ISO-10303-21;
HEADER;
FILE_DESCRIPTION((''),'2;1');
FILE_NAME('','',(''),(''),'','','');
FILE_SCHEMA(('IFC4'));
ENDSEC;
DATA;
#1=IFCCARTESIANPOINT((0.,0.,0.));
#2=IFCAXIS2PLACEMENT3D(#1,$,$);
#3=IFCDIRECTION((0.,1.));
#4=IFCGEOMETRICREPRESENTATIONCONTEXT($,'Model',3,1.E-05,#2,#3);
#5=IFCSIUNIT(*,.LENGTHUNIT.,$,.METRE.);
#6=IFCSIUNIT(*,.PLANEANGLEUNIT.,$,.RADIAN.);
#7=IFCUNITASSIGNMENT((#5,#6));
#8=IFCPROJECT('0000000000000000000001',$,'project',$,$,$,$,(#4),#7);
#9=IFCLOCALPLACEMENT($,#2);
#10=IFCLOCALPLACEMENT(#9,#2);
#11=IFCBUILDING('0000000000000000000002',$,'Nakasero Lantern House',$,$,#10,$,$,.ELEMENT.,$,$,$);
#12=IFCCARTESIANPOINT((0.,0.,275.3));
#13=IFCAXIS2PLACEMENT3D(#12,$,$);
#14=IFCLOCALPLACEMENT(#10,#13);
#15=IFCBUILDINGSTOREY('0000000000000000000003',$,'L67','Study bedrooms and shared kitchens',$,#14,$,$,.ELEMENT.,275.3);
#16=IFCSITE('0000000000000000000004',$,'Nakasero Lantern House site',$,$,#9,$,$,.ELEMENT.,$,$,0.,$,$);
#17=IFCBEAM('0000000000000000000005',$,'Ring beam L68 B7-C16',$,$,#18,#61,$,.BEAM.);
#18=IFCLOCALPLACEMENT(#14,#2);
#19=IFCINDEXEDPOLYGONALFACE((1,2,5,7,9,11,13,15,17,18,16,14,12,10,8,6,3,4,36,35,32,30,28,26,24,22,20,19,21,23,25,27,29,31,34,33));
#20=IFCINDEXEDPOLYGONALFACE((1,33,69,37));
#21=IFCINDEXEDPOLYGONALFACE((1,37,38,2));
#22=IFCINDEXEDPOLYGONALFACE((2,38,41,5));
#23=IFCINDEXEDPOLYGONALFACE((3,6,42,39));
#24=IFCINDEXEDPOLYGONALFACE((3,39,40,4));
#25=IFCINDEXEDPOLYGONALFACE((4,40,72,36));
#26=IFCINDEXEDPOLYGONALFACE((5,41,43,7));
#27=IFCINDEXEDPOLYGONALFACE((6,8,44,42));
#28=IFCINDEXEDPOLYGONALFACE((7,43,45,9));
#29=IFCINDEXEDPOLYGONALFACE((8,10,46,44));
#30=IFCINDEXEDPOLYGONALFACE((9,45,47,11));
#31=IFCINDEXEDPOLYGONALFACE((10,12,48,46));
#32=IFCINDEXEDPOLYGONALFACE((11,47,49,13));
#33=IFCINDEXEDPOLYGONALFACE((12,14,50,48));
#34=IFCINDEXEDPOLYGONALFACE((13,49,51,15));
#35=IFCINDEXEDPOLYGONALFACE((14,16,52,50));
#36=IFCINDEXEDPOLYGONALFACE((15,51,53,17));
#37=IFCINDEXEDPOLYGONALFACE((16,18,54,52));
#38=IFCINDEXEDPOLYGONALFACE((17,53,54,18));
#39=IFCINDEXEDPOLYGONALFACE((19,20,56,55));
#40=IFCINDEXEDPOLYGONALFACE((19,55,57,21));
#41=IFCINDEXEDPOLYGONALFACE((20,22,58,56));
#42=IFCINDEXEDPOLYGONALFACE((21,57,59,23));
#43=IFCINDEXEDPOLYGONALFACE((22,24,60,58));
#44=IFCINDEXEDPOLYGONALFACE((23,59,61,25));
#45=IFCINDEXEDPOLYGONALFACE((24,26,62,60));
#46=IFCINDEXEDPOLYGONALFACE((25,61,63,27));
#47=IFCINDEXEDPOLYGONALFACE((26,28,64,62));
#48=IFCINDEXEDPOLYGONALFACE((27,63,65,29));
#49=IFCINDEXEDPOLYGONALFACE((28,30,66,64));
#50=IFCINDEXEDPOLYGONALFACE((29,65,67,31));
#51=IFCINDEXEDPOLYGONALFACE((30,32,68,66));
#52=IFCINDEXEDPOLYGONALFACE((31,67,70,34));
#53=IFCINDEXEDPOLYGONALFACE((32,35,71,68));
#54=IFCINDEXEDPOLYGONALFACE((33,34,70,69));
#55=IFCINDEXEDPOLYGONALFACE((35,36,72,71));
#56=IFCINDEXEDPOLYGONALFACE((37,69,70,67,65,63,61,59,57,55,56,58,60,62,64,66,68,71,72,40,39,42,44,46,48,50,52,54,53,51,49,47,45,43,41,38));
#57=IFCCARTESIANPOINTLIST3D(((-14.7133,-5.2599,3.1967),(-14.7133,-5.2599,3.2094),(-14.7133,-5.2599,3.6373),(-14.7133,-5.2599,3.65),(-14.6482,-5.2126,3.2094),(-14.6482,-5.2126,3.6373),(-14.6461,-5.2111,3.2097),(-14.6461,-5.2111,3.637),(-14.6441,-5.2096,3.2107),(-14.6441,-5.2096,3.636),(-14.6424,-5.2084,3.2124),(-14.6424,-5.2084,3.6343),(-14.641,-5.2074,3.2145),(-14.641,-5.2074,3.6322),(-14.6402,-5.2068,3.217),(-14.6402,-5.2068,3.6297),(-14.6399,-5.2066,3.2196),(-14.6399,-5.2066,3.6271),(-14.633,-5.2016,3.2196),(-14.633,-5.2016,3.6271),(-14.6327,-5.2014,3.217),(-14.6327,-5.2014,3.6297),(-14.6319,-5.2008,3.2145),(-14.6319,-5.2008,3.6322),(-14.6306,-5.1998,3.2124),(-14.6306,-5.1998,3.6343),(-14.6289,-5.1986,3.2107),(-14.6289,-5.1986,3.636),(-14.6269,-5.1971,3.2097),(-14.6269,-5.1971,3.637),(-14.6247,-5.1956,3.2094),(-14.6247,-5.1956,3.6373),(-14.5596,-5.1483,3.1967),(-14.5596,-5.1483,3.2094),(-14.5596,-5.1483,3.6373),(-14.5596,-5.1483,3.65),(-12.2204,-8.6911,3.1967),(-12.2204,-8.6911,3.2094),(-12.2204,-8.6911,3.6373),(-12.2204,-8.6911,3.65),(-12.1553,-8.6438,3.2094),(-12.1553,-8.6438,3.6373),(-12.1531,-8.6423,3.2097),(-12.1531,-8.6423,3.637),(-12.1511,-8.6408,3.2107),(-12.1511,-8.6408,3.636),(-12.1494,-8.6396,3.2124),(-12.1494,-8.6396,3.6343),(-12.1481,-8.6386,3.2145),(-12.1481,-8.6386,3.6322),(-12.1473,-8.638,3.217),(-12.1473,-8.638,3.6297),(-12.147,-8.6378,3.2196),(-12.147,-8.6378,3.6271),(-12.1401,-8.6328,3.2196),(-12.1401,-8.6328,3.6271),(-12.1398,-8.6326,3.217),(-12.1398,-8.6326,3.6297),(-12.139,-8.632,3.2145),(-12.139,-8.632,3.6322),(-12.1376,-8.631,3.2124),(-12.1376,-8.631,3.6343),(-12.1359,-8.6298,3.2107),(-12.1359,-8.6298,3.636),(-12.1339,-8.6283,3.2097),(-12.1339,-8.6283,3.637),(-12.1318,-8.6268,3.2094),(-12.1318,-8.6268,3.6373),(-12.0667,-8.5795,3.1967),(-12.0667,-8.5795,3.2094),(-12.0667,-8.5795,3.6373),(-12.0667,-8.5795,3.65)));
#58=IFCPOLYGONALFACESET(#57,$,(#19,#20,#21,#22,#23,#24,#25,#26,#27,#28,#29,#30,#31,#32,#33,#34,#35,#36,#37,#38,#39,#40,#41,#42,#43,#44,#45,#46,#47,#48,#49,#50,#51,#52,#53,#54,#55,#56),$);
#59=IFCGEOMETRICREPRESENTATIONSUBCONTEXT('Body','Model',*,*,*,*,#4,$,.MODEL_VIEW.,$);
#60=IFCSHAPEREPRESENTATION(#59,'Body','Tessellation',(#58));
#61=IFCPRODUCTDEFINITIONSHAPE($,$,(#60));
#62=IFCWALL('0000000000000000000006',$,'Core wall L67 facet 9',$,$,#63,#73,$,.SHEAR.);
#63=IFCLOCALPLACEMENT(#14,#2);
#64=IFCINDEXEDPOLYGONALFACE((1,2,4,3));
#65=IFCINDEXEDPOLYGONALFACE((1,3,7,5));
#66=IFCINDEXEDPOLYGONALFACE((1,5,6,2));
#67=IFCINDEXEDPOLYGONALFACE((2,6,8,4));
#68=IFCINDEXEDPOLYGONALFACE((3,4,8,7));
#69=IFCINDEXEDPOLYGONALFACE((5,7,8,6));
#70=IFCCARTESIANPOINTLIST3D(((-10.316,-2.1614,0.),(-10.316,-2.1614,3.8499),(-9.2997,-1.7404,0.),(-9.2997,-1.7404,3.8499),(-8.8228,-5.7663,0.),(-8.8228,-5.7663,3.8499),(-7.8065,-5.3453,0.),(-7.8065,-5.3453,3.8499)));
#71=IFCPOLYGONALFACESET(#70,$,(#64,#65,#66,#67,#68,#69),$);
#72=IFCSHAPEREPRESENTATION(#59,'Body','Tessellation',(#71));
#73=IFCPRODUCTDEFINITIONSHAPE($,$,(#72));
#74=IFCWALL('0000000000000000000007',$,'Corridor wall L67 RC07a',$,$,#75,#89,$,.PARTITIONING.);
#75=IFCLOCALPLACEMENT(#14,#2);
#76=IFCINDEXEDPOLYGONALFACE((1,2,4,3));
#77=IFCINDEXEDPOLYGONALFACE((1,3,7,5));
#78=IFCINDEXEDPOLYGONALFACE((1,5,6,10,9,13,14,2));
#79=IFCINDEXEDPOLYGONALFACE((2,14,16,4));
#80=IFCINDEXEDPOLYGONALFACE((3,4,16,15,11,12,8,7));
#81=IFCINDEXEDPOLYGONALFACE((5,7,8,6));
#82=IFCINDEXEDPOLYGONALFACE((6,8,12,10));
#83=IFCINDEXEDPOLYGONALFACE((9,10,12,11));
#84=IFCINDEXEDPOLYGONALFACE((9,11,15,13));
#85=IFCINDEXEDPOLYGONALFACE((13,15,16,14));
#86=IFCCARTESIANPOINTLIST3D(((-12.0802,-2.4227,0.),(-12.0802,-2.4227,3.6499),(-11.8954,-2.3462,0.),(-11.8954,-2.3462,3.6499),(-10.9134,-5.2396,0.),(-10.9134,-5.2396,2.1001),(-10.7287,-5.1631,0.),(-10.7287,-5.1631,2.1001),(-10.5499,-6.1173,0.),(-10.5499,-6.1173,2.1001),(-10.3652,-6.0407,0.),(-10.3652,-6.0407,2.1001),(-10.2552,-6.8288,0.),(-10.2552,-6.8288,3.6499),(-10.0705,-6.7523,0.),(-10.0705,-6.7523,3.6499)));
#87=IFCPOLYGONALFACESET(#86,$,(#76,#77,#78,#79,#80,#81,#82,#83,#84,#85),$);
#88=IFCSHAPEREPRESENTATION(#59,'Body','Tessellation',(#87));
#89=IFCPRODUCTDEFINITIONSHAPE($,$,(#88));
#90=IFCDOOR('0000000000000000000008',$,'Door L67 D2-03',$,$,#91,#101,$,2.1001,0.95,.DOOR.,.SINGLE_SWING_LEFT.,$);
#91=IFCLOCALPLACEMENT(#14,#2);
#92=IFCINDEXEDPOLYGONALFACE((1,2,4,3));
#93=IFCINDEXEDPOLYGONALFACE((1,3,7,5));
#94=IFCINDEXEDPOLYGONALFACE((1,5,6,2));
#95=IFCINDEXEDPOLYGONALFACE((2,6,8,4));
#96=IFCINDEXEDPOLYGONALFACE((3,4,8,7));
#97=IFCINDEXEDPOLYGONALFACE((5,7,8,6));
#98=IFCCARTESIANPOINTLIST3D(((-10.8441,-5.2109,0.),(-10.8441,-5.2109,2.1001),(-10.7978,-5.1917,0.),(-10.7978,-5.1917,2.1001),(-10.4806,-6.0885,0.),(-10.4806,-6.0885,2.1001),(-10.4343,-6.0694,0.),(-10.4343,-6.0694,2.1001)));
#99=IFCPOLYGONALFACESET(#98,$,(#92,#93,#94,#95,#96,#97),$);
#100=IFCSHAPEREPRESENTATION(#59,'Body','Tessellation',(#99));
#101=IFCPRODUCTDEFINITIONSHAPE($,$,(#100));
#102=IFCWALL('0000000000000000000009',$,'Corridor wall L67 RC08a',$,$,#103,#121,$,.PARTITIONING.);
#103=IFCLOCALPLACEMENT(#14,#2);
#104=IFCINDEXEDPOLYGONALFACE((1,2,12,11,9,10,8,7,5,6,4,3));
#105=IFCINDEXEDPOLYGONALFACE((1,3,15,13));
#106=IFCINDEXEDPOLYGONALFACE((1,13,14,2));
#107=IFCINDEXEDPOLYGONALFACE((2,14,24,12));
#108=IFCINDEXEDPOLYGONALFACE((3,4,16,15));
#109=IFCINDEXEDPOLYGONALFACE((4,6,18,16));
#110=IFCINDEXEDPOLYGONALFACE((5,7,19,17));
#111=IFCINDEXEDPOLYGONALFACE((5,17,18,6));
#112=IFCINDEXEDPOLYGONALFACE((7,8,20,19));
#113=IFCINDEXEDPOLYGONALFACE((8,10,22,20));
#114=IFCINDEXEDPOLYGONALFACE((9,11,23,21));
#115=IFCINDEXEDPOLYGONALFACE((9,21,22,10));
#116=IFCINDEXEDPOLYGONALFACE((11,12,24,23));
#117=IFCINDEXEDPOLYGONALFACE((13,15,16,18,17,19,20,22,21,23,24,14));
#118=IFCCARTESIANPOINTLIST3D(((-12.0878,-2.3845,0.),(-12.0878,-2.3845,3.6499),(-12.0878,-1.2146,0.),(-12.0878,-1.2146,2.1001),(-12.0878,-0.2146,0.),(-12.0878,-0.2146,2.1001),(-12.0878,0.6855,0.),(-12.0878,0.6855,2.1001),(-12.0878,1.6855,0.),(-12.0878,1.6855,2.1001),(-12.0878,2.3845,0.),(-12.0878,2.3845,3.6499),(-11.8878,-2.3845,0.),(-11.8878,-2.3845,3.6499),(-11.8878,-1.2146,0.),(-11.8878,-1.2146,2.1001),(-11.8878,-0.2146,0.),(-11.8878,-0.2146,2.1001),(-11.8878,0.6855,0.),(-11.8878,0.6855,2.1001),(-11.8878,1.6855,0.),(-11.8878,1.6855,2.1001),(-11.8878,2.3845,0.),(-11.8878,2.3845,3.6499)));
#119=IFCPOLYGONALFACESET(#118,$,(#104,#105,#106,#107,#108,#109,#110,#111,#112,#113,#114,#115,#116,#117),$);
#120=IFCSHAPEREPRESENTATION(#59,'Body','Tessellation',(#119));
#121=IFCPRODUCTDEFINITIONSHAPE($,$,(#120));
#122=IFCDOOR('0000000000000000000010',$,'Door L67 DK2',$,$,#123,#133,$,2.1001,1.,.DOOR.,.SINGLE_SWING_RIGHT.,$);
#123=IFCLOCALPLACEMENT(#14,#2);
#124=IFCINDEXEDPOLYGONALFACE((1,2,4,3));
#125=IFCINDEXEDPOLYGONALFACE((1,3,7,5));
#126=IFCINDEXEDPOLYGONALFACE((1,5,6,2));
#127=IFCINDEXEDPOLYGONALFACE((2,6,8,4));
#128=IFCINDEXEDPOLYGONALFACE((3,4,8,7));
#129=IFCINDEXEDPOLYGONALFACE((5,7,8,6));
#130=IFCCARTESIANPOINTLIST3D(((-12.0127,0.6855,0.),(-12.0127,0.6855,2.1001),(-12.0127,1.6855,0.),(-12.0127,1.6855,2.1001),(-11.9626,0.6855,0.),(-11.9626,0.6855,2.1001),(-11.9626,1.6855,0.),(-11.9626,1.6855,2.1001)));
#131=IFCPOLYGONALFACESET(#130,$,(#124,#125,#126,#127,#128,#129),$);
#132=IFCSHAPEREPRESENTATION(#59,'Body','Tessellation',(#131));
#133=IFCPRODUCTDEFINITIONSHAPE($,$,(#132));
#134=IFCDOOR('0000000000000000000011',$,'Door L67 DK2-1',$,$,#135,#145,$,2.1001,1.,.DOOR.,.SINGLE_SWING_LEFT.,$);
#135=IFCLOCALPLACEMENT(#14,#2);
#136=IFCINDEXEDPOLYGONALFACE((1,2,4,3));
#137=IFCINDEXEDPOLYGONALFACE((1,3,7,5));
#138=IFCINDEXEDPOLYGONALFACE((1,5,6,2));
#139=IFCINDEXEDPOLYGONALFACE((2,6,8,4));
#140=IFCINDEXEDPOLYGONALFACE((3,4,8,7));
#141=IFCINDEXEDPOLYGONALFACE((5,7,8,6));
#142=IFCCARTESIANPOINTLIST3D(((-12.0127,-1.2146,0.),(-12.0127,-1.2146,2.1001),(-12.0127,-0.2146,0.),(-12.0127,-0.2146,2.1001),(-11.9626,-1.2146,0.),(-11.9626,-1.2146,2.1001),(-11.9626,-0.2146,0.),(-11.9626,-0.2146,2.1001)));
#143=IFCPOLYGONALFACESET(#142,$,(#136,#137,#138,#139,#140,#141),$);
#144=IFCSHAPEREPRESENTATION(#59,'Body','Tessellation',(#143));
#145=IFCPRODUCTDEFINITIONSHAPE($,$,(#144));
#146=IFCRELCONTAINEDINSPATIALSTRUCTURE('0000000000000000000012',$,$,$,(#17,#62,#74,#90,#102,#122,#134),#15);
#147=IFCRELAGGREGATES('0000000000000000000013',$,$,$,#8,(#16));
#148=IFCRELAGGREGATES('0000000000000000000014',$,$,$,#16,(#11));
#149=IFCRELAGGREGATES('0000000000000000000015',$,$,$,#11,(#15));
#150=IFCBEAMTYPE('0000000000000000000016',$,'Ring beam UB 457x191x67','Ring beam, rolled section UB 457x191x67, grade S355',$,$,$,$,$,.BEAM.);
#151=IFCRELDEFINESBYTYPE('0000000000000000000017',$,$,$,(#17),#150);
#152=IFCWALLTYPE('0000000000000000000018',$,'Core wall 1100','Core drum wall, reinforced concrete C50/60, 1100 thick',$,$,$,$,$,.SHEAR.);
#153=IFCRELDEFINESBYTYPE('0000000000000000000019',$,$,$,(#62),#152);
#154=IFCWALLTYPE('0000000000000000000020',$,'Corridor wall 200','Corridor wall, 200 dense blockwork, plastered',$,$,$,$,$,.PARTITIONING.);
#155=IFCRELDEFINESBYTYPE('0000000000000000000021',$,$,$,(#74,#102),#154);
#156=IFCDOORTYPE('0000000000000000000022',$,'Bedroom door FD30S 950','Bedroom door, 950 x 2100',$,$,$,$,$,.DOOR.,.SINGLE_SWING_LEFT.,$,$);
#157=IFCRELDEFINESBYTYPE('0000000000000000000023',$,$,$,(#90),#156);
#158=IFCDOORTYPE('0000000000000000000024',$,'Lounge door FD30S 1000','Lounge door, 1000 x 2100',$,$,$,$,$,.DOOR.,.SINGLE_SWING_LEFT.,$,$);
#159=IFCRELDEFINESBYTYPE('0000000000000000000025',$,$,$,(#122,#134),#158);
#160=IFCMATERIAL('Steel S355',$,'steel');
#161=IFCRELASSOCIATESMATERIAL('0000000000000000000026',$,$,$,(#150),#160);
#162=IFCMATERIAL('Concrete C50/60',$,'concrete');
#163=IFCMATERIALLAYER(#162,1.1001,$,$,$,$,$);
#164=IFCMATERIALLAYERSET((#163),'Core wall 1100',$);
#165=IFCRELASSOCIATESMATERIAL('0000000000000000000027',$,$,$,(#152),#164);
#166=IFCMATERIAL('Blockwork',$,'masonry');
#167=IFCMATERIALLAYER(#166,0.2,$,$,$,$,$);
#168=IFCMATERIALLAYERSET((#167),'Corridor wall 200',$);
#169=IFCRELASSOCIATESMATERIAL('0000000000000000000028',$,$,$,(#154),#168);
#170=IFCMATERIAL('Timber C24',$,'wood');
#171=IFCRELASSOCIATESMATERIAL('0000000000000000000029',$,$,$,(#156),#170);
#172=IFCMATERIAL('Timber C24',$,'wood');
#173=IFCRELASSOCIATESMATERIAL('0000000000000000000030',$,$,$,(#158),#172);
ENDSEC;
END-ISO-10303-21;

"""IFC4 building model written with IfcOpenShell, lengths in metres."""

from ifc_helpers import new_model, si_unit, direction, frame, frame_2d, origin, origin_2d, place, context, subcontext, project, spatial, rectangle, i_section, extrude, material, layer, layer_set, material_profile, profile_set, type_object, element, fill, save


model = new_model("IFC4")

# Units and contexts
model_context = context("Model", 3, precision=1e-05, world=origin(), true_north=direction((0.0, 1.0)))
body_context = subcontext(model_context, "Body", "Model", "MODEL_VIEW")
ifc_project = project(units=[si_unit("LENGTHUNIT", "METRE"), si_unit("PLANEANGLEUNIT", "RADIAN")], contexts=[model_context])

# Site, building, storey
site_placement = place(None, origin())
site = spatial("IfcSite", under=ifc_project, at=site_placement, Name="Nakasero Lantern House site", CompositionType="ELEMENT", RefElevation=0.0)
building_placement = place(site_placement, origin())
building = spatial("IfcBuilding", under=site, at=building_placement, Name="Nakasero Lantern House", CompositionType="ELEMENT")
storey_placement = place(building_placement, frame((0.0, 0.0, 275.3)))
storey = spatial("IfcBuildingStorey", under=building, at=storey_placement, Name="L67", Description="Study bedrooms and shared kitchens", CompositionType="ELEMENT", Elevation=275.3)

# Beam
ifc_material_1 = material(Name="Steel S355", Category="steel")
ifc_material_profile_1 = material_profile(ifc_material_1, i_section(OverallWidth=0.1899, OverallDepth=0.4534, WebThickness=0.0085, FlangeThickness=0.0127, FilletRadius=0.0103, at=origin_2d()), Name="UB 457x191x67")
ifc_profile_set_1 = profile_set([ifc_material_profile_1], Name="Steel S355")
beam_type_1 = type_object("IfcBeamType", Name="Ring beam UB 457x191x67", Description="Ring beam, rolled section UB 457x191x67, grade S355", PredefinedType="BEAM", material=ifc_profile_set_1)
beam_1_placement = place(storey_placement, frame((-14.6365, -5.2041, 3.4233), z_axis=(0.587792, -0.809012, 0.0), x_axis=(0.809012, 0.587792, 0.0)))
element("IfcBeam", 1, at=beam_1_placement, inside=storey, type_object=beam_type_1, Name="Ring beam L68 B7-C16", PredefinedType="BEAM", context=body_context, shape_type="SweptSolid", body=[
    extrude(i_section(OverallWidth=0.1899, OverallDepth=0.4534, WebThickness=0.0085, FlangeThickness=0.0127, FilletRadius=0.0103, at=origin_2d()), origin(), (0.0, 0.0, 1.0), 4.2412),
])

# Wall
ifc_material_2 = material(Name="Concrete C50/60", Category="concrete")
ifc_layer_1 = layer(ifc_material_2, 1.1001)
ifc_layer_set_1 = layer_set([ifc_layer_1], Name="Core wall 1100")
wall_type_1 = type_object("IfcWallType", Name="Core wall 1100", Description="Core drum wall, reinforced concrete C50/60, 1100 thick", PredefinedType="SHEAR", material=ifc_layer_set_1)
wall_1_placement = place(storey_placement, frame((-9.8079, -1.9509, 0.0), z_axis=(0.0, 0.0, 1.0), x_axis=(0.382691, -0.923877, 0.0)))
element("IfcWall", 2, at=wall_1_placement, inside=storey, type_object=wall_type_1, Name="Core wall L67 facet 9", PredefinedType="SHEAR", context=body_context, shape_type="SweptSolid", body=[
    extrude(rectangle(XDim=3.9019, YDim=1.1001, at=frame_2d((1.9509, 0.0))), origin(), (0.0, 0.0, 1.0), 3.8499),
])

# Wall, opening, door
ifc_material_3 = material(Name="Blockwork", Category="masonry")
ifc_layer_2 = layer(ifc_material_3, 0.2)
ifc_layer_set_2 = layer_set([ifc_layer_2], Name="Corridor wall 200")
wall_type_2 = type_object("IfcWallType", Name="Corridor wall 200", Description="Corridor wall, 200 dense blockwork, plastered", PredefinedType="PARTITIONING", material=ifc_layer_set_2)
wall_2_placement = place(storey_placement, frame((-10.1628, -6.7905, 0.0), z_axis=(0.0, 0.0, 1.0), x_axis=(-0.38267, 0.923885, 0.0)))
wall_2 = element("IfcWall", 3, at=wall_2_placement, inside=storey, type_object=wall_type_2, Name="Corridor wall L67 RC07a", PredefinedType="PARTITIONING", context=body_context, shape_type="SweptSolid", body=[
    extrude(rectangle(XDim=4.769, YDim=0.2, at=frame_2d((2.3845, 0.0))), origin(), (0.0, 0.0, 1.0), 3.6499),
])
opening_1_placement = place(wall_2_placement, frame((0.77, 0.0, 0.0)))
opening_1 = element("IfcOpeningElement", 4, at=opening_1_placement, cuts=wall_2, PredefinedType="OPENING", context=body_context, shape_type="SweptSolid", body=[
    extrude(rectangle(XDim=0.95, YDim=2.1001, at=frame_2d((0.4751, 1.05))), frame((0.0, 0.1199, 0.0), z_axis=(0.0, -1.0, 0.0), x_axis=(1.0, 0.0, 0.0)), (0.0, 0.0, 1.0), 0.24),
])
ifc_material_4 = material(Name="Timber C24", Category="wood")
door_type_1 = type_object("IfcDoorType", Name="Bedroom door FD30S 950", Description="Bedroom door, 950 x 2100", OperationType="SINGLE_SWING_LEFT", PredefinedType="DOOR", material=ifc_material_4)
door_1_placement = place(opening_1_placement, origin())
door_1 = element("IfcDoor", 5, at=door_1_placement, inside=storey, type_object=door_type_1, Name="Door L67 D2-03", OperationType="SINGLE_SWING_LEFT", OverallHeight=2.1001, OverallWidth=0.95, PredefinedType="DOOR", context=body_context, shape_type="SweptSolid", body=[
    extrude(rectangle(XDim=0.95, YDim=2.1001, at=frame_2d((0.4751, 1.05))), frame((0.0, 0.0249, 0.0), z_axis=(0.0, -1.0, 0.0), x_axis=(1.0, 0.0, 0.0)), (0.0, 0.0, 1.0), 0.05),
])
fill(opening_1, door_1)

# Wall, openings, doors
wall_3_placement = place(storey_placement, frame((-11.9878, -2.3845, 0.0), z_axis=(0.0, 0.0, 1.0), x_axis=(0.0, 1.0, 0.0)))
wall_3 = element("IfcWall", 6, at=wall_3_placement, inside=storey, type_object=wall_type_2, Name="Corridor wall L67 RC08a", PredefinedType="PARTITIONING", context=body_context, shape_type="SweptSolid", body=[
    extrude(rectangle(XDim=4.769, YDim=0.2, at=frame_2d((2.3845, 0.0))), origin(), (0.0, 0.0, 1.0), 3.6499),
])
opening_2_placement = place(wall_3_placement, frame((3.0701, 0.0, 0.0)))
opening_2 = element("IfcOpeningElement", 7, at=opening_2_placement, cuts=wall_3, PredefinedType="OPENING", context=body_context, shape_type="SweptSolid", body=[
    extrude(rectangle(XDim=1.0, YDim=2.1001, at=frame_2d((0.5, 1.05))), frame((0.0, 0.1199, 0.0), z_axis=(0.0, -1.0, 0.0), x_axis=(1.0, 0.0, 0.0)), (0.0, 0.0, 1.0), 0.24),
])
opening_3_placement = place(wall_3_placement, frame((1.1699, 0.0, 0.0)))
opening_3 = element("IfcOpeningElement", 8, at=opening_3_placement, cuts=wall_3, PredefinedType="OPENING", context=body_context, shape_type="SweptSolid", body=[
    extrude(rectangle(XDim=1.0, YDim=2.1001, at=frame_2d((0.5, 1.05))), frame((0.0, 0.1199, 0.0), z_axis=(0.0, -1.0, 0.0), x_axis=(1.0, 0.0, 0.0)), (0.0, 0.0, 1.0), 0.24),
])
ifc_material_5 = material(Name="Timber C24", Category="wood")
door_type_2 = type_object("IfcDoorType", Name="Lounge door FD30S 1000", Description="Lounge door, 1000 x 2100", OperationType="SINGLE_SWING_LEFT", PredefinedType="DOOR", material=ifc_material_5)
door_2_placement = place(opening_2_placement, origin())
door_2 = element("IfcDoor", 9, at=door_2_placement, inside=storey, type_object=door_type_2, Name="Door L67 DK2", OperationType="SINGLE_SWING_RIGHT", OverallHeight=2.1001, OverallWidth=1.0, PredefinedType="DOOR", context=body_context, shape_type="SweptSolid", body=[
    extrude(rectangle(XDim=1.0, YDim=2.1001, at=frame_2d((0.5, 1.05))), frame((0.0, 0.0249, 0.0), z_axis=(0.0, -1.0, 0.0), x_axis=(1.0, 0.0, 0.0)), (0.0, 0.0, 1.0), 0.05),
])
fill(opening_2, door_2)
door_3_placement = place(opening_3_placement, origin())
door_3 = element("IfcDoor", 10, at=door_3_placement, inside=storey, type_object=door_type_2, Name="Door L67 DK2-1", OperationType="SINGLE_SWING_LEFT", OverallHeight=2.1001, OverallWidth=1.0, PredefinedType="DOOR", context=body_context, shape_type="SweptSolid", body=[
    extrude(rectangle(XDim=1.0, YDim=2.1001, at=frame_2d((0.5, 1.05))), frame((0.0, 0.0249, 0.0), z_axis=(0.0, -1.0, 0.0), x_axis=(1.0, 0.0, 0.0)), (0.0, 0.0, 1.0), 0.05),
])
fill(opening_3, door_3)

save(model, "model.ifc")
